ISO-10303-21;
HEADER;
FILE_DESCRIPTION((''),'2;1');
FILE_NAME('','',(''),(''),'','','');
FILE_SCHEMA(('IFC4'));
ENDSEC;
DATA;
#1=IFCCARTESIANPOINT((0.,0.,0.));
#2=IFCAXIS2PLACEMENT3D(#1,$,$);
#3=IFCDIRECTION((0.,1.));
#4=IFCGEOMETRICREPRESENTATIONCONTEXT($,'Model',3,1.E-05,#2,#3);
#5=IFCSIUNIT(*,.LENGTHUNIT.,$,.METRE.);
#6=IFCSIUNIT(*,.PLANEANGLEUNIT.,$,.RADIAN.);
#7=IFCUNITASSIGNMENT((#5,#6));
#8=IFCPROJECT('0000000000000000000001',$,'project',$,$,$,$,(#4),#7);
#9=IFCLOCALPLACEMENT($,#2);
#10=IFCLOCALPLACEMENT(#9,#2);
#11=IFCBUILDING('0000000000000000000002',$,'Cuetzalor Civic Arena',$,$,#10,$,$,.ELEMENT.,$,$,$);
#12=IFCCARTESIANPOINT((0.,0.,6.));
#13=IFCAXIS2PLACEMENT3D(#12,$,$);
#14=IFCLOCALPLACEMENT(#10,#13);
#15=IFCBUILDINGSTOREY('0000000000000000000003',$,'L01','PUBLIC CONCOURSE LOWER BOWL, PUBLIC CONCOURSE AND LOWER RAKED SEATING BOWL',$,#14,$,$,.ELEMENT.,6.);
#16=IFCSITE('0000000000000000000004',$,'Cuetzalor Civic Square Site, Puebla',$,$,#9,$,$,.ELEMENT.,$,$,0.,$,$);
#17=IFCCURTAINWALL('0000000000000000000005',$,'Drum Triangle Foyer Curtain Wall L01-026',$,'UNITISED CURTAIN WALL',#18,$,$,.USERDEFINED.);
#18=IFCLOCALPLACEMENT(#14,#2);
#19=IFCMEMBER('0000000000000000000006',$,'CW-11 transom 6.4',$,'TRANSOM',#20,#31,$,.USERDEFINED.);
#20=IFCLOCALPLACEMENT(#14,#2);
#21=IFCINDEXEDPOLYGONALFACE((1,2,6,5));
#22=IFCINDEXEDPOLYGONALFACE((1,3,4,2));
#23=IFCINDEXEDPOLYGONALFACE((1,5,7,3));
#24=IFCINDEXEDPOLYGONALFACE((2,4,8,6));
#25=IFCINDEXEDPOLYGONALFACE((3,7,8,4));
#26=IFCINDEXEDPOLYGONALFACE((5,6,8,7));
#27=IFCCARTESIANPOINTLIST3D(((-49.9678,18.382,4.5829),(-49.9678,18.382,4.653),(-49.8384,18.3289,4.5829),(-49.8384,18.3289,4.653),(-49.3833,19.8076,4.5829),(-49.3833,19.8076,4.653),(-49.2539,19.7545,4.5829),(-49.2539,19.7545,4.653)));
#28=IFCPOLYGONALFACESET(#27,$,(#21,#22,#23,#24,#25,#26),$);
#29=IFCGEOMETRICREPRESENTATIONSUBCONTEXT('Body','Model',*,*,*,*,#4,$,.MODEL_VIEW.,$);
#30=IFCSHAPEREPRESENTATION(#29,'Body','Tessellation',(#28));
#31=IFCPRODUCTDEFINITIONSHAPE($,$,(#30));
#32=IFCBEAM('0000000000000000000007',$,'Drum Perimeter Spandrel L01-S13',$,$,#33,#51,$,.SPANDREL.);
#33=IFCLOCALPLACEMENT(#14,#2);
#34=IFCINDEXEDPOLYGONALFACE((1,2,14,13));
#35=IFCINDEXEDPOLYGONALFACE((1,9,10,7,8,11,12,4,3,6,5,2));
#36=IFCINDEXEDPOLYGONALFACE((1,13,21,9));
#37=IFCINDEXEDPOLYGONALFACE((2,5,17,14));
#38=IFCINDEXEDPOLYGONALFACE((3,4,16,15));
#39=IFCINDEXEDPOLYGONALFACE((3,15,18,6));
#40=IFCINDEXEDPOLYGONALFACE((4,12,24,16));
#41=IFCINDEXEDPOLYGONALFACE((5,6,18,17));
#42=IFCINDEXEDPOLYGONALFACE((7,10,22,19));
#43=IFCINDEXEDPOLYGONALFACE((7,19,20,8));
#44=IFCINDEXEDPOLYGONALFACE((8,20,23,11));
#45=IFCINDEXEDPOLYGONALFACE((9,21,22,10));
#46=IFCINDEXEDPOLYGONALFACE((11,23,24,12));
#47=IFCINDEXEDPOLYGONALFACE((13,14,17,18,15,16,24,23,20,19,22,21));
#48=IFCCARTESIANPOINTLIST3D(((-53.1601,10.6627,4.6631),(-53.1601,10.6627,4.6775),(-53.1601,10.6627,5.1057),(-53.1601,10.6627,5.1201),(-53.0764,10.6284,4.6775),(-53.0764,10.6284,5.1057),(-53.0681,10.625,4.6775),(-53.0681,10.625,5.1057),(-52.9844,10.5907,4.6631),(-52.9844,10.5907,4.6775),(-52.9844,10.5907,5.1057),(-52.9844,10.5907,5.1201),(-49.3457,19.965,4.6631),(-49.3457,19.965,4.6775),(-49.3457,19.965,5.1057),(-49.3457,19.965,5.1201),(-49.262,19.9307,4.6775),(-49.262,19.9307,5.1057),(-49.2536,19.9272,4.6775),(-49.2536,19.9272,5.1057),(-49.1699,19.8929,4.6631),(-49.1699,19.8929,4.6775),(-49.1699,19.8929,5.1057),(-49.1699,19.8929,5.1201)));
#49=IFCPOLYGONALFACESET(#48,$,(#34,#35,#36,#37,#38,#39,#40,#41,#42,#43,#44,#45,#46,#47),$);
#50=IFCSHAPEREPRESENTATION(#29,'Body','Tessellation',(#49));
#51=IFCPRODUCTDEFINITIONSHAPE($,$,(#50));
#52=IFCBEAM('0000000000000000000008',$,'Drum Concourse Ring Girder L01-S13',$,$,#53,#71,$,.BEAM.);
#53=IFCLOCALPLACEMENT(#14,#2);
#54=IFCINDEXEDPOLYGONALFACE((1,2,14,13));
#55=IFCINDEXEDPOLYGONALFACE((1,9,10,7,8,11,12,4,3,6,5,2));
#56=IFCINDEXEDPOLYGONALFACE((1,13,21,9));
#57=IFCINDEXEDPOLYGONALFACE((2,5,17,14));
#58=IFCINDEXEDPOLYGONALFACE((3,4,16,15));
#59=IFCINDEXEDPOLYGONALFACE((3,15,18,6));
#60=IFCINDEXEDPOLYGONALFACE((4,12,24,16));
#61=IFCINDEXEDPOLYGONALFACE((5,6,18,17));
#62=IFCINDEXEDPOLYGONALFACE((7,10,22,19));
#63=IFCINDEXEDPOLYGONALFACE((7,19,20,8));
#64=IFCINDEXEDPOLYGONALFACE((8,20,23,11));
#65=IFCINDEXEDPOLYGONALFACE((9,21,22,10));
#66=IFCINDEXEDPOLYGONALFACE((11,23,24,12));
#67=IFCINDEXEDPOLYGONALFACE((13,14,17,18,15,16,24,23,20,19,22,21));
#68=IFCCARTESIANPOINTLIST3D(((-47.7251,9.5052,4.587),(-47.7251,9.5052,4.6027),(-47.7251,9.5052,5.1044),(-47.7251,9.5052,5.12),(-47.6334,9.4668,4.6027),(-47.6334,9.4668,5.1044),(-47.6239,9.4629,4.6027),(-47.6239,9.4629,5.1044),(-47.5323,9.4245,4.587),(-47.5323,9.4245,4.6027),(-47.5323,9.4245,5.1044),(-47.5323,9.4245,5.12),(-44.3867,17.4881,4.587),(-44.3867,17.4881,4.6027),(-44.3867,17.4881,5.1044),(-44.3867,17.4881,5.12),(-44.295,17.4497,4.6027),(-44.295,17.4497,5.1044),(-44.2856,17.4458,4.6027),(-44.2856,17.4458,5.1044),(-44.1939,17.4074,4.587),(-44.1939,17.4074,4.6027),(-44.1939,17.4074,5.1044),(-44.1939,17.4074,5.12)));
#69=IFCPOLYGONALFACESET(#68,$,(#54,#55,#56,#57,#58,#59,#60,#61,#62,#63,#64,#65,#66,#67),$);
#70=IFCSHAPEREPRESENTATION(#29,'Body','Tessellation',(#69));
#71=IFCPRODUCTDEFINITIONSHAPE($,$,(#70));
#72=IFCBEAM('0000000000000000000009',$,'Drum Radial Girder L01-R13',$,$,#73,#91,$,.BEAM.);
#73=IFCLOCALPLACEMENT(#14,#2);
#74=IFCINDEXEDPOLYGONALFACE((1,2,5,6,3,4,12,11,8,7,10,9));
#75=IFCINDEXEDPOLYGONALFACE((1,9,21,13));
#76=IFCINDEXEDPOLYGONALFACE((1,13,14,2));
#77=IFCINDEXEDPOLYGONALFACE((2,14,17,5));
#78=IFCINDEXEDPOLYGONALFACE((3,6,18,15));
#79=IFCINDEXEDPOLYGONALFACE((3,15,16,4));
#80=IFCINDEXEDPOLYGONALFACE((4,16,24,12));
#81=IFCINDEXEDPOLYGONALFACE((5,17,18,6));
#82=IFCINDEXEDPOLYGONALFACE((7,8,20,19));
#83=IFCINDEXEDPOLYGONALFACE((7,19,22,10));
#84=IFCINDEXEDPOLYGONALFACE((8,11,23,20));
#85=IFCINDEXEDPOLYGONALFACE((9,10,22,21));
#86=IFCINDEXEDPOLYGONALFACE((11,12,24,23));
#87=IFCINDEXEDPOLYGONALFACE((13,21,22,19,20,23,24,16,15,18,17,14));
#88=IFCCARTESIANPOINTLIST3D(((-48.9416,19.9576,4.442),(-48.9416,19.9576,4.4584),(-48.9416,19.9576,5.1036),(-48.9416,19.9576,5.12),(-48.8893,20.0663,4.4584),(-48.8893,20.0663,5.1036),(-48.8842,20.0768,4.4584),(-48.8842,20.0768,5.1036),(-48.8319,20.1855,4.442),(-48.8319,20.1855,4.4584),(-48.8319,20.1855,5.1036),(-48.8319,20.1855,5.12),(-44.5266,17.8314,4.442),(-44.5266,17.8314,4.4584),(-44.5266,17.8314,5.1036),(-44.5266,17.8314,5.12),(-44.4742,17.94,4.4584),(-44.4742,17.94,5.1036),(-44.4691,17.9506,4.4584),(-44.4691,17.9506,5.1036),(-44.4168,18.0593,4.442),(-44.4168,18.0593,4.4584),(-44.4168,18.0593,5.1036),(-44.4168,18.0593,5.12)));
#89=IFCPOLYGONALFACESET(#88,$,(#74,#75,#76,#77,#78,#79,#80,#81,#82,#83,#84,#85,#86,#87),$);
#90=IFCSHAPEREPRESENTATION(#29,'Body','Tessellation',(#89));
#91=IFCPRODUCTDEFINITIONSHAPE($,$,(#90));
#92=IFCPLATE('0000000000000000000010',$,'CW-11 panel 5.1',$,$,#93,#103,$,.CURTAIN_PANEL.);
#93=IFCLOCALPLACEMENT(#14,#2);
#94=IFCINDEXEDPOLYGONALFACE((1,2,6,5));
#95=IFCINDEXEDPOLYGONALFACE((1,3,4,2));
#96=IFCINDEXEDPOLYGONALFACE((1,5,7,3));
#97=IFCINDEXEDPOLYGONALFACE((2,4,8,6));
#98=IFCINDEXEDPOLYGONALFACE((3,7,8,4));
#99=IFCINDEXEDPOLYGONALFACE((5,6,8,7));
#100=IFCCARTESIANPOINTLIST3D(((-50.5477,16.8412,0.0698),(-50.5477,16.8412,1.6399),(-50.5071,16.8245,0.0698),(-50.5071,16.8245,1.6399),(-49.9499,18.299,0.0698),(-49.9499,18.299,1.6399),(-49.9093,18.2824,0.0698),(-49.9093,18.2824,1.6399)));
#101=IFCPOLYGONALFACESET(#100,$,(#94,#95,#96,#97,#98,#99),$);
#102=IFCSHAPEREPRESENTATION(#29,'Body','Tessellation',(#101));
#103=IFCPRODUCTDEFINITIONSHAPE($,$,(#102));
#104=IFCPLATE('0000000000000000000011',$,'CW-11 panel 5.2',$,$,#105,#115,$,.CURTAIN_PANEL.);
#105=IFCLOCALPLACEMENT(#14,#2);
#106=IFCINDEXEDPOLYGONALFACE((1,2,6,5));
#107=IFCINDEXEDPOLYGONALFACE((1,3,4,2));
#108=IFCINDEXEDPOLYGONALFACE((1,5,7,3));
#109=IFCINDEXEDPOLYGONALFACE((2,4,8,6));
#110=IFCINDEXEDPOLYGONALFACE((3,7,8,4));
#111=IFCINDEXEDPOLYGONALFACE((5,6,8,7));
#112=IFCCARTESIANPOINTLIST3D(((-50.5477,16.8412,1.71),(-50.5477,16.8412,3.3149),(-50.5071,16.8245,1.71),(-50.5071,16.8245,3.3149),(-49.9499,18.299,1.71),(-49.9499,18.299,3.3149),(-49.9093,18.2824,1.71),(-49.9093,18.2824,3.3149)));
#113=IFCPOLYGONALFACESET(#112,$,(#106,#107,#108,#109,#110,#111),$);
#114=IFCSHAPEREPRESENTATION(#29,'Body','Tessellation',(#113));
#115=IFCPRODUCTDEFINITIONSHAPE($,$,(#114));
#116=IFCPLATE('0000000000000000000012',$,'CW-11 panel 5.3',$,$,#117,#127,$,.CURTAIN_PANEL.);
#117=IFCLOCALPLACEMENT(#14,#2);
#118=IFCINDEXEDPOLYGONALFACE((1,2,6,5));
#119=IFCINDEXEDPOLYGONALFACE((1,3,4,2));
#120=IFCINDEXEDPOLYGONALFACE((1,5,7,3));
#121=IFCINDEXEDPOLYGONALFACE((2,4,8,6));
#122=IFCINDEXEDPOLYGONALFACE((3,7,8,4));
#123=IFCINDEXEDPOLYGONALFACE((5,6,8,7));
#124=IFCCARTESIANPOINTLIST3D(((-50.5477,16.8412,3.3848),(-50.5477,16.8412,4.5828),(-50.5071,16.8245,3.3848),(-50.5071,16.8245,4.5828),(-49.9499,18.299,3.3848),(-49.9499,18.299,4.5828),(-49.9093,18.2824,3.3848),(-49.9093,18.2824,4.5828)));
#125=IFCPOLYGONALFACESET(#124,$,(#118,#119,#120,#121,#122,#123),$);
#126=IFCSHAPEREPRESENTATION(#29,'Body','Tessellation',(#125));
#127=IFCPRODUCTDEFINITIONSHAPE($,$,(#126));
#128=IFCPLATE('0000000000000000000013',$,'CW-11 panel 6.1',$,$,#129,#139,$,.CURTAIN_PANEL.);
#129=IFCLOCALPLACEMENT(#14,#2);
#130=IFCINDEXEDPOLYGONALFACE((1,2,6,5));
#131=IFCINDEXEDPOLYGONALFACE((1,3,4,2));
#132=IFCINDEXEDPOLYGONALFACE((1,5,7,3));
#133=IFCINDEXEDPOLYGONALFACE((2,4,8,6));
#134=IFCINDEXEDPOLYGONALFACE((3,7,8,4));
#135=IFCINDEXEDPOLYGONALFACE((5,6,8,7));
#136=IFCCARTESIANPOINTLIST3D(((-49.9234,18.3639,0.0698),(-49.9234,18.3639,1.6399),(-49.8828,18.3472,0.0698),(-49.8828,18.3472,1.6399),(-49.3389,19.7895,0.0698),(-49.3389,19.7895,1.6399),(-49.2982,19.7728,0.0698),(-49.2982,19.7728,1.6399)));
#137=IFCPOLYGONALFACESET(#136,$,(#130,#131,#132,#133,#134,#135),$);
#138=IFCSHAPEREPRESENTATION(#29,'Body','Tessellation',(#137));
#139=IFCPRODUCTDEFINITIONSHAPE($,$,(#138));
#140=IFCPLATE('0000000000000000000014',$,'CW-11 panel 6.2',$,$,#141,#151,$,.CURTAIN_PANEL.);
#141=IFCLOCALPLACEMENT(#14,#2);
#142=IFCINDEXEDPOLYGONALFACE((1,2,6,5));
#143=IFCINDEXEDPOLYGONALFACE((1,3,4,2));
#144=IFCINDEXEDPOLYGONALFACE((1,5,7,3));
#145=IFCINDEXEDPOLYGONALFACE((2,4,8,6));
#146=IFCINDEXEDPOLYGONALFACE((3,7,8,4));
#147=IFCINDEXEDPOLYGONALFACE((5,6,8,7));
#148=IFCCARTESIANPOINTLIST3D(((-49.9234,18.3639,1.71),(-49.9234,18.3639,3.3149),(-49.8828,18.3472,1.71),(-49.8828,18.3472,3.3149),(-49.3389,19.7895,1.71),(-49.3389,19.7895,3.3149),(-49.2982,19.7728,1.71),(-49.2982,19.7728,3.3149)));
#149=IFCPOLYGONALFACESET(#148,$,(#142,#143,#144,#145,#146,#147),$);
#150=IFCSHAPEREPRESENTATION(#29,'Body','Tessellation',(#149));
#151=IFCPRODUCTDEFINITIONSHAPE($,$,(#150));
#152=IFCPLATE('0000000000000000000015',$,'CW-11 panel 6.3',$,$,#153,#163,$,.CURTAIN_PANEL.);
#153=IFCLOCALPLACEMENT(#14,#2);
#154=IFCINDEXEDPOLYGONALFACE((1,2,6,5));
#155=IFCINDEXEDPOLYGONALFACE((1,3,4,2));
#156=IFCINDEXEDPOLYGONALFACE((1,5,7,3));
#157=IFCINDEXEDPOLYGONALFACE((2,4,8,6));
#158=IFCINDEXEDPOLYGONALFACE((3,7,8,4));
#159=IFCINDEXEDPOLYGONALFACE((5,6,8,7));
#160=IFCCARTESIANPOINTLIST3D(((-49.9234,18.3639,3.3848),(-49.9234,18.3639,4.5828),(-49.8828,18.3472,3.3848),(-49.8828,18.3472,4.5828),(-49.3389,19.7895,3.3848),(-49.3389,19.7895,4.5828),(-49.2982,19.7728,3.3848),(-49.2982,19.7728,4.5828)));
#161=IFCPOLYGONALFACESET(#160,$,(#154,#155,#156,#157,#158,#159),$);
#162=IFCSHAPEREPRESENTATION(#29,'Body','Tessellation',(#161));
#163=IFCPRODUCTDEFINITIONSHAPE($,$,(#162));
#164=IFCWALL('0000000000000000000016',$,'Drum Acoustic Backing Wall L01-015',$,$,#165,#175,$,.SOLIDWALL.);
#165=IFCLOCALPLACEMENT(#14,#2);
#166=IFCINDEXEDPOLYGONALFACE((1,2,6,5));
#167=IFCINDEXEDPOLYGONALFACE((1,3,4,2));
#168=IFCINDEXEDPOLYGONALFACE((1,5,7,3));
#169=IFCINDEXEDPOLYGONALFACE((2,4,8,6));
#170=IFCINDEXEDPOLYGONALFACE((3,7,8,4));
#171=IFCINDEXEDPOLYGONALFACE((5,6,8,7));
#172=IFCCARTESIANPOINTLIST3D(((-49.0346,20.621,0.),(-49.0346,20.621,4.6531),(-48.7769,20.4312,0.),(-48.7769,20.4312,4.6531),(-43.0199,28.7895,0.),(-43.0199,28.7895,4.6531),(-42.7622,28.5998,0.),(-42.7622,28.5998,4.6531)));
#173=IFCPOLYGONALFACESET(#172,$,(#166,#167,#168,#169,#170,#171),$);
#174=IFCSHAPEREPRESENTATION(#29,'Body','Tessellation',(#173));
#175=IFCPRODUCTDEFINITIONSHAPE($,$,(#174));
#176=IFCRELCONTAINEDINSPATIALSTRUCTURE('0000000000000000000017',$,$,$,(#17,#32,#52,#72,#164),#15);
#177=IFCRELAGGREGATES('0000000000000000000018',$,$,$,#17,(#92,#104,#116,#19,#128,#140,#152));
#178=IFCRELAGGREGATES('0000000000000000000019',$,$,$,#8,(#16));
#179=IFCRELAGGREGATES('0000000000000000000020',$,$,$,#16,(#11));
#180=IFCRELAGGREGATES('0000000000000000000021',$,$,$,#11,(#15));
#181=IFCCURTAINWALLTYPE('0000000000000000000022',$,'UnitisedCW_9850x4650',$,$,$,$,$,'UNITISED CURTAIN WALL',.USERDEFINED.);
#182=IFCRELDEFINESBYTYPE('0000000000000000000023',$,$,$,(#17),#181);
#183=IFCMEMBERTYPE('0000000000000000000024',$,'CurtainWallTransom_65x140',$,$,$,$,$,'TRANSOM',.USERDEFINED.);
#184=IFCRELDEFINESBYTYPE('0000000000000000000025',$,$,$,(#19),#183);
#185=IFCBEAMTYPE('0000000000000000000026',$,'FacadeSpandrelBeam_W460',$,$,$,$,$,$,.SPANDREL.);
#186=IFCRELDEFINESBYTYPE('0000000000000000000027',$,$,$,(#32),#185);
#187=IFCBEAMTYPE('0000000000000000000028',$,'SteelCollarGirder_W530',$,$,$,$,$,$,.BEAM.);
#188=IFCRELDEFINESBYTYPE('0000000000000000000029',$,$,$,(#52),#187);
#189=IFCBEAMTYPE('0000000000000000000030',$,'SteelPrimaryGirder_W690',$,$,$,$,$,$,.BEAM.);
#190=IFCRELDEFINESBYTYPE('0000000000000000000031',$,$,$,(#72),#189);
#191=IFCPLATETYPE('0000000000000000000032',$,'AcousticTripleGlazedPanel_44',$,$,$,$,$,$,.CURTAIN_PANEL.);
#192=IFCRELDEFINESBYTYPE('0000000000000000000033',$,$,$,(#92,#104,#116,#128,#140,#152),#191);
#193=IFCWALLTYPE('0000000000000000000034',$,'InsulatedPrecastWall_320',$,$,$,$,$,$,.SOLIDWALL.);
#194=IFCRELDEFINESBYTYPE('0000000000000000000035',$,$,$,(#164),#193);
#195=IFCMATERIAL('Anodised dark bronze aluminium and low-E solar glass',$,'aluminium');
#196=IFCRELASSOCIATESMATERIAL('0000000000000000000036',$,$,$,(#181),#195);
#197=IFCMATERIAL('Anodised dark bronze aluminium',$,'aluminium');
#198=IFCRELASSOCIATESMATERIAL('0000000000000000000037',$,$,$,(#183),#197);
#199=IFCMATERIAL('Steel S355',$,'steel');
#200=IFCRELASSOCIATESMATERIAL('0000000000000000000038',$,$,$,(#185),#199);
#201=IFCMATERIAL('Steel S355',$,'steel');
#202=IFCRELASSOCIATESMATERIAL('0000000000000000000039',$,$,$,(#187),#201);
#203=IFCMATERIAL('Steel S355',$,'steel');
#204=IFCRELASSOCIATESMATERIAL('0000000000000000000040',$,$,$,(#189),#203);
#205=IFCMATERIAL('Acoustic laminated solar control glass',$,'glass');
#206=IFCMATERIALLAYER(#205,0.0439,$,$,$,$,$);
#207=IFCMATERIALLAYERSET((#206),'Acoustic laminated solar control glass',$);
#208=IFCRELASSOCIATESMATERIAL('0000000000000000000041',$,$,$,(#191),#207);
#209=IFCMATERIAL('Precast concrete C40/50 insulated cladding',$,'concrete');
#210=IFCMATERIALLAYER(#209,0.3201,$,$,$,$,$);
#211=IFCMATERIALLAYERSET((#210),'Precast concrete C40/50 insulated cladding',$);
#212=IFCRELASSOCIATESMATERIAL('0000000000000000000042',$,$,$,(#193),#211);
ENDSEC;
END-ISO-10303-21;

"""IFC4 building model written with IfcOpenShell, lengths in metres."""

from ifc_helpers import new_model, si_unit, direction, frame, frame_2d, origin, origin_2d, place, context, subcontext, project, spatial, rectangle, i_section, extrude, material, layer, layer_set, material_profile, profile_set, type_object, element, aggregate, save


model = new_model("IFC4")

# Units and contexts
model_context = context("Model", 3, precision=1e-05, world=origin(), true_north=direction((0.0, 1.0)))
body_context = subcontext(model_context, "Body", "Model", "MODEL_VIEW")
ifc_project = project(units=[si_unit("LENGTHUNIT", "METRE"), si_unit("PLANEANGLEUNIT", "RADIAN")], contexts=[model_context])

# Site, building, storey
site_placement = place(None, origin())
site = spatial("IfcSite", under=ifc_project, at=site_placement, Name="Cuetzalor Civic Square Site, Puebla", CompositionType="ELEMENT", RefElevation=0.0)
building_placement = place(site_placement, origin())
building = spatial("IfcBuilding", under=site, at=building_placement, Name="Cuetzalor Civic Arena", CompositionType="ELEMENT")
storey_placement = place(building_placement, frame((0.0, 0.0, 6.0)))
storey = spatial("IfcBuildingStorey", under=building, at=storey_placement, Name="L01", Description="PUBLIC CONCOURSE LOWER BOWL, PUBLIC CONCOURSE AND LOWER RAKED SEATING BOWL", CompositionType="ELEMENT", Elevation=6.0)

# Curtain wall, member
ifc_material_1 = material(Name="Anodised dark bronze aluminium and low-E solar glass", Category="aluminium")
curtain_wall_type = type_object("IfcCurtainWallType", Name="UnitisedCW_9850x4650", ElementType="UNITISED CURTAIN WALL", PredefinedType="USERDEFINED", material=ifc_material_1)
curtain_wall_placement = place(storey_placement, origin())
curtain_wall = element("IfcCurtainWall", 1, at=curtain_wall_placement, inside=storey, type_object=curtain_wall_type, Name="Drum Triangle Foyer Curtain Wall L01-026", ObjectType="UNITISED CURTAIN WALL", PredefinedType="USERDEFINED")
ifc_material_2 = material(Name="Anodised dark bronze aluminium", Category="aluminium")
ifc_material_profile_1 = material_profile(ifc_material_2, rectangle(XDim=0.1399, YDim=0.0701, at=origin_2d()), Name="ALU TRANSOM 70x140")
ifc_profile_set_1 = profile_set([ifc_material_profile_1], Name="Anodised dark bronze aluminium")
member_type_1 = type_object("IfcMemberType", Name="CurtainWallTransom_65x140", ElementType="TRANSOM", PredefinedType="USERDEFINED", material=ifc_profile_set_1)
member_1_placement = place(storey_placement, frame((-49.9031, 18.3555, 4.6179), z_axis=(0.379355, 0.925251, 0.0), x_axis=(-0.925251, 0.379355, 0.0)))
member_1 = element("IfcMember", 2, at=member_1_placement, type_object=member_type_1, Name="CW-11 transom 6.4", ObjectType="TRANSOM", PredefinedType="USERDEFINED", context=body_context, shape_type="SweptSolid", body=[
    extrude(rectangle(XDim=0.1399, YDim=0.0701, at=origin_2d()), origin(), (0.0, 0.0, 1.0), 1.5408),
])

# Beams
ifc_material_3 = material(Name="Steel S355", Category="steel")
ifc_material_profile_2 = material_profile(ifc_material_3, i_section(OverallWidth=0.1899, OverallDepth=0.457, WebThickness=0.009, FlangeThickness=0.0144, at=origin_2d()), Name="W460x74")
ifc_profile_set_2 = profile_set([ifc_material_profile_2], Name="Steel S355")
beam_type_1 = type_object("IfcBeamType", Name="FacadeSpandrelBeam_W460", PredefinedType="SPANDREL", material=ifc_profile_set_2)
beam_1_placement = place(storey_placement, frame((-49.2578, 19.929, 4.8916), z_axis=(-0.379399, -0.925233, 0.0), x_axis=(0.925233, -0.379399, 0.0)))
element("IfcBeam", 3, at=beam_1_placement, inside=storey, type_object=beam_type_1, Name="Drum Perimeter Spandrel L01-S13", PredefinedType="SPANDREL", context=body_context, shape_type="SweptSolid", body=[
    extrude(i_section(OverallWidth=0.1899, OverallDepth=0.457, WebThickness=0.009, FlangeThickness=0.0144, at=origin_2d()), origin(), (0.0, 0.0, 1.0), 10.054),
])
ifc_material_4 = material(Name="Steel S355", Category="steel")
ifc_material_profile_3 = material_profile(ifc_material_4, i_section(OverallWidth=0.209, OverallDepth=0.533, WebThickness=0.0103, FlangeThickness=0.0156, at=origin_2d()), Name="W530x92")
ifc_profile_set_3 = profile_set([ifc_material_profile_3], Name="Steel S355")
beam_type_2 = type_object("IfcBeamType", Name="SteelCollarGirder_W530", PredefinedType="BEAM", material=ifc_profile_set_3)
beam_2_placement = place(storey_placement, frame((-44.2903, 17.4478, 4.8535), z_axis=(-0.385813, -0.922577, 0.0), x_axis=(0.922577, -0.385813, 0.0)))
element("IfcBeam", 4, at=beam_2_placement, inside=storey, type_object=beam_type_2, Name="Drum Concourse Ring Girder L01-S13", PredefinedType="BEAM", context=body_context, shape_type="SweptSolid", body=[
    extrude(i_section(OverallWidth=0.209, OverallDepth=0.533, WebThickness=0.0103, FlangeThickness=0.0156, at=origin_2d()), origin(), (0.0, 0.0, 1.0), 8.6528),
])
ifc_material_5 = material(Name="Steel S355", Category="steel")
ifc_material_profile_4 = material_profile(ifc_material_5, i_section(OverallWidth=0.2529, OverallDepth=0.678, WebThickness=0.0117, FlangeThickness=0.0164, at=origin_2d()), Name="W690x125")
ifc_profile_set_4 = profile_set([ifc_material_profile_4], Name="Steel S355")
beam_type_3 = type_object("IfcBeamType", Name="SteelPrimaryGirder_W690", PredefinedType="BEAM", material=ifc_profile_set_4)
beam_3_placement = place(storey_placement, frame((-44.4717, 17.9453, 4.781), z_axis=(-0.900965, 0.433892, 0.0), x_axis=(-0.433892, -0.900965, 0.0)))
element("IfcBeam", 5, at=beam_3_placement, inside=storey, type_object=beam_type_3, Name="Drum Radial Girder L01-R13", PredefinedType="BEAM", context=body_context, shape_type="SweptSolid", body=[
    extrude(i_section(OverallWidth=0.2529, OverallDepth=0.678, WebThickness=0.0117, FlangeThickness=0.0164, at=origin_2d()), origin(), (0.0, 0.0, 1.0), 4.9004),
])

# Plates
ifc_material_6 = material(Name="Acoustic laminated solar control glass", Category="glass")
ifc_layer_1 = layer(ifc_material_6, 0.0439)
ifc_layer_set_1 = layer_set([ifc_layer_1], Name="Acoustic laminated solar control glass")
plate_type = type_object("IfcPlateType", Name="AcousticTripleGlazedPanel_44", PredefinedType="CURTAIN_PANEL", material=ifc_layer_set_1)
plate_1_placement = place(storey_placement, frame((-50.2285, 17.5618, 0.0698), z_axis=(0.0, 0.0, 1.0), x_axis=(0.379391, 0.925236, 0.0)))
plate_1 = element("IfcPlate", 6, at=plate_1_placement, type_object=plate_type, Name="CW-11 panel 5.1", PredefinedType="CURTAIN_PANEL", context=body_context, shape_type="SweptSolid", body=[
    extrude(rectangle(XDim=1.5757, YDim=0.0439, at=origin_2d()), origin(), (0.0, 0.0, 1.0), 1.5701),
])
plate_2_placement = place(storey_placement, frame((-50.2285, 17.5618, 1.71), z_axis=(0.0, 0.0, 1.0), x_axis=(0.379391, 0.925236, 0.0)))
plate_2 = element("IfcPlate", 7, at=plate_2_placement, type_object=plate_type, Name="CW-11 panel 5.2", PredefinedType="CURTAIN_PANEL", context=body_context, shape_type="SweptSolid", body=[
    extrude(rectangle(XDim=1.5757, YDim=0.0439, at=origin_2d()), origin(), (0.0, 0.0, 1.0), 1.605),
])
plate_3_placement = place(storey_placement, frame((-50.2285, 17.5618, 3.3848), z_axis=(0.0, 0.0, 1.0), x_axis=(0.379391, 0.925236, 0.0)))
plate_3 = element("IfcPlate", 8, at=plate_3_placement, type_object=plate_type, Name="CW-11 panel 5.3", PredefinedType="CURTAIN_PANEL", context=body_context, shape_type="SweptSolid", body=[
    extrude(rectangle(XDim=1.5757, YDim=0.0439, at=origin_2d()), origin(), (0.0, 0.0, 1.0), 1.198),
])
plate_4_placement = place(storey_placement, frame((-49.6108, 19.0684, 0.0698), z_axis=(0.0, 0.0, 1.0), x_axis=(0.379391, 0.925236, 0.0)))
plate_4 = element("IfcPlate", 9, at=plate_4_placement, type_object=plate_type, Name="CW-11 panel 6.1", PredefinedType="CURTAIN_PANEL", context=body_context, shape_type="SweptSolid", body=[
    extrude(rectangle(XDim=1.5408, YDim=0.0439, at=origin_2d()), origin(), (0.0, 0.0, 1.0), 1.5701),
])
plate_5_placement = place(storey_placement, frame((-49.6108, 19.0684, 1.71), z_axis=(0.0, 0.0, 1.0), x_axis=(0.379391, 0.925236, 0.0)))
plate_5 = element("IfcPlate", 10, at=plate_5_placement, type_object=plate_type, Name="CW-11 panel 6.2", PredefinedType="CURTAIN_PANEL", context=body_context, shape_type="SweptSolid", body=[
    extrude(rectangle(XDim=1.5408, YDim=0.0439, at=origin_2d()), origin(), (0.0, 0.0, 1.0), 1.605),
])
plate_6_placement = place(storey_placement, frame((-49.6108, 19.0684, 3.3848), z_axis=(0.0, 0.0, 1.0), x_axis=(0.379391, 0.925236, 0.0)))
plate_6 = element("IfcPlate", 11, at=plate_6_placement, type_object=plate_type, Name="CW-11 panel 6.3", PredefinedType="CURTAIN_PANEL", context=body_context, shape_type="SweptSolid", body=[
    extrude(rectangle(XDim=1.5408, YDim=0.0439, at=origin_2d()), origin(), (0.0, 0.0, 1.0), 1.198),
])
aggregate(curtain_wall, [plate_1, plate_2, plate_3, member_1, plate_4, plate_5, plate_6])

# Wall
ifc_material_7 = material(Name="Precast concrete C40/50 insulated cladding", Category="concrete")
ifc_layer_2 = layer(ifc_material_7, 0.3201)
ifc_layer_set_2 = layer_set([ifc_layer_2], Name="Precast concrete C40/50 insulated cladding")
wall_type = type_object("IfcWallType", Name="InsulatedPrecastWall_320", PredefinedType="SOLIDWALL", material=ifc_layer_set_2)
wall_placement = place(storey_placement, frame((-48.9058, 20.5261, 0.0), z_axis=(0.0, 0.0, 1.0), x_axis=(0.59293, 0.805254, 0.0)))
element("IfcWall", 12, at=wall_placement, inside=storey, type_object=wall_type, Name="Drum Acoustic Backing Wall L01-015", PredefinedType="SOLIDWALL", context=body_context, shape_type="SweptSolid", body=[
    extrude(rectangle(XDim=10.144, YDim=0.3201, at=frame_2d((5.072, 0.0))), origin(), (0.0, 0.0, 1.0), 4.6531),
])

save(model, "model.ifc")
